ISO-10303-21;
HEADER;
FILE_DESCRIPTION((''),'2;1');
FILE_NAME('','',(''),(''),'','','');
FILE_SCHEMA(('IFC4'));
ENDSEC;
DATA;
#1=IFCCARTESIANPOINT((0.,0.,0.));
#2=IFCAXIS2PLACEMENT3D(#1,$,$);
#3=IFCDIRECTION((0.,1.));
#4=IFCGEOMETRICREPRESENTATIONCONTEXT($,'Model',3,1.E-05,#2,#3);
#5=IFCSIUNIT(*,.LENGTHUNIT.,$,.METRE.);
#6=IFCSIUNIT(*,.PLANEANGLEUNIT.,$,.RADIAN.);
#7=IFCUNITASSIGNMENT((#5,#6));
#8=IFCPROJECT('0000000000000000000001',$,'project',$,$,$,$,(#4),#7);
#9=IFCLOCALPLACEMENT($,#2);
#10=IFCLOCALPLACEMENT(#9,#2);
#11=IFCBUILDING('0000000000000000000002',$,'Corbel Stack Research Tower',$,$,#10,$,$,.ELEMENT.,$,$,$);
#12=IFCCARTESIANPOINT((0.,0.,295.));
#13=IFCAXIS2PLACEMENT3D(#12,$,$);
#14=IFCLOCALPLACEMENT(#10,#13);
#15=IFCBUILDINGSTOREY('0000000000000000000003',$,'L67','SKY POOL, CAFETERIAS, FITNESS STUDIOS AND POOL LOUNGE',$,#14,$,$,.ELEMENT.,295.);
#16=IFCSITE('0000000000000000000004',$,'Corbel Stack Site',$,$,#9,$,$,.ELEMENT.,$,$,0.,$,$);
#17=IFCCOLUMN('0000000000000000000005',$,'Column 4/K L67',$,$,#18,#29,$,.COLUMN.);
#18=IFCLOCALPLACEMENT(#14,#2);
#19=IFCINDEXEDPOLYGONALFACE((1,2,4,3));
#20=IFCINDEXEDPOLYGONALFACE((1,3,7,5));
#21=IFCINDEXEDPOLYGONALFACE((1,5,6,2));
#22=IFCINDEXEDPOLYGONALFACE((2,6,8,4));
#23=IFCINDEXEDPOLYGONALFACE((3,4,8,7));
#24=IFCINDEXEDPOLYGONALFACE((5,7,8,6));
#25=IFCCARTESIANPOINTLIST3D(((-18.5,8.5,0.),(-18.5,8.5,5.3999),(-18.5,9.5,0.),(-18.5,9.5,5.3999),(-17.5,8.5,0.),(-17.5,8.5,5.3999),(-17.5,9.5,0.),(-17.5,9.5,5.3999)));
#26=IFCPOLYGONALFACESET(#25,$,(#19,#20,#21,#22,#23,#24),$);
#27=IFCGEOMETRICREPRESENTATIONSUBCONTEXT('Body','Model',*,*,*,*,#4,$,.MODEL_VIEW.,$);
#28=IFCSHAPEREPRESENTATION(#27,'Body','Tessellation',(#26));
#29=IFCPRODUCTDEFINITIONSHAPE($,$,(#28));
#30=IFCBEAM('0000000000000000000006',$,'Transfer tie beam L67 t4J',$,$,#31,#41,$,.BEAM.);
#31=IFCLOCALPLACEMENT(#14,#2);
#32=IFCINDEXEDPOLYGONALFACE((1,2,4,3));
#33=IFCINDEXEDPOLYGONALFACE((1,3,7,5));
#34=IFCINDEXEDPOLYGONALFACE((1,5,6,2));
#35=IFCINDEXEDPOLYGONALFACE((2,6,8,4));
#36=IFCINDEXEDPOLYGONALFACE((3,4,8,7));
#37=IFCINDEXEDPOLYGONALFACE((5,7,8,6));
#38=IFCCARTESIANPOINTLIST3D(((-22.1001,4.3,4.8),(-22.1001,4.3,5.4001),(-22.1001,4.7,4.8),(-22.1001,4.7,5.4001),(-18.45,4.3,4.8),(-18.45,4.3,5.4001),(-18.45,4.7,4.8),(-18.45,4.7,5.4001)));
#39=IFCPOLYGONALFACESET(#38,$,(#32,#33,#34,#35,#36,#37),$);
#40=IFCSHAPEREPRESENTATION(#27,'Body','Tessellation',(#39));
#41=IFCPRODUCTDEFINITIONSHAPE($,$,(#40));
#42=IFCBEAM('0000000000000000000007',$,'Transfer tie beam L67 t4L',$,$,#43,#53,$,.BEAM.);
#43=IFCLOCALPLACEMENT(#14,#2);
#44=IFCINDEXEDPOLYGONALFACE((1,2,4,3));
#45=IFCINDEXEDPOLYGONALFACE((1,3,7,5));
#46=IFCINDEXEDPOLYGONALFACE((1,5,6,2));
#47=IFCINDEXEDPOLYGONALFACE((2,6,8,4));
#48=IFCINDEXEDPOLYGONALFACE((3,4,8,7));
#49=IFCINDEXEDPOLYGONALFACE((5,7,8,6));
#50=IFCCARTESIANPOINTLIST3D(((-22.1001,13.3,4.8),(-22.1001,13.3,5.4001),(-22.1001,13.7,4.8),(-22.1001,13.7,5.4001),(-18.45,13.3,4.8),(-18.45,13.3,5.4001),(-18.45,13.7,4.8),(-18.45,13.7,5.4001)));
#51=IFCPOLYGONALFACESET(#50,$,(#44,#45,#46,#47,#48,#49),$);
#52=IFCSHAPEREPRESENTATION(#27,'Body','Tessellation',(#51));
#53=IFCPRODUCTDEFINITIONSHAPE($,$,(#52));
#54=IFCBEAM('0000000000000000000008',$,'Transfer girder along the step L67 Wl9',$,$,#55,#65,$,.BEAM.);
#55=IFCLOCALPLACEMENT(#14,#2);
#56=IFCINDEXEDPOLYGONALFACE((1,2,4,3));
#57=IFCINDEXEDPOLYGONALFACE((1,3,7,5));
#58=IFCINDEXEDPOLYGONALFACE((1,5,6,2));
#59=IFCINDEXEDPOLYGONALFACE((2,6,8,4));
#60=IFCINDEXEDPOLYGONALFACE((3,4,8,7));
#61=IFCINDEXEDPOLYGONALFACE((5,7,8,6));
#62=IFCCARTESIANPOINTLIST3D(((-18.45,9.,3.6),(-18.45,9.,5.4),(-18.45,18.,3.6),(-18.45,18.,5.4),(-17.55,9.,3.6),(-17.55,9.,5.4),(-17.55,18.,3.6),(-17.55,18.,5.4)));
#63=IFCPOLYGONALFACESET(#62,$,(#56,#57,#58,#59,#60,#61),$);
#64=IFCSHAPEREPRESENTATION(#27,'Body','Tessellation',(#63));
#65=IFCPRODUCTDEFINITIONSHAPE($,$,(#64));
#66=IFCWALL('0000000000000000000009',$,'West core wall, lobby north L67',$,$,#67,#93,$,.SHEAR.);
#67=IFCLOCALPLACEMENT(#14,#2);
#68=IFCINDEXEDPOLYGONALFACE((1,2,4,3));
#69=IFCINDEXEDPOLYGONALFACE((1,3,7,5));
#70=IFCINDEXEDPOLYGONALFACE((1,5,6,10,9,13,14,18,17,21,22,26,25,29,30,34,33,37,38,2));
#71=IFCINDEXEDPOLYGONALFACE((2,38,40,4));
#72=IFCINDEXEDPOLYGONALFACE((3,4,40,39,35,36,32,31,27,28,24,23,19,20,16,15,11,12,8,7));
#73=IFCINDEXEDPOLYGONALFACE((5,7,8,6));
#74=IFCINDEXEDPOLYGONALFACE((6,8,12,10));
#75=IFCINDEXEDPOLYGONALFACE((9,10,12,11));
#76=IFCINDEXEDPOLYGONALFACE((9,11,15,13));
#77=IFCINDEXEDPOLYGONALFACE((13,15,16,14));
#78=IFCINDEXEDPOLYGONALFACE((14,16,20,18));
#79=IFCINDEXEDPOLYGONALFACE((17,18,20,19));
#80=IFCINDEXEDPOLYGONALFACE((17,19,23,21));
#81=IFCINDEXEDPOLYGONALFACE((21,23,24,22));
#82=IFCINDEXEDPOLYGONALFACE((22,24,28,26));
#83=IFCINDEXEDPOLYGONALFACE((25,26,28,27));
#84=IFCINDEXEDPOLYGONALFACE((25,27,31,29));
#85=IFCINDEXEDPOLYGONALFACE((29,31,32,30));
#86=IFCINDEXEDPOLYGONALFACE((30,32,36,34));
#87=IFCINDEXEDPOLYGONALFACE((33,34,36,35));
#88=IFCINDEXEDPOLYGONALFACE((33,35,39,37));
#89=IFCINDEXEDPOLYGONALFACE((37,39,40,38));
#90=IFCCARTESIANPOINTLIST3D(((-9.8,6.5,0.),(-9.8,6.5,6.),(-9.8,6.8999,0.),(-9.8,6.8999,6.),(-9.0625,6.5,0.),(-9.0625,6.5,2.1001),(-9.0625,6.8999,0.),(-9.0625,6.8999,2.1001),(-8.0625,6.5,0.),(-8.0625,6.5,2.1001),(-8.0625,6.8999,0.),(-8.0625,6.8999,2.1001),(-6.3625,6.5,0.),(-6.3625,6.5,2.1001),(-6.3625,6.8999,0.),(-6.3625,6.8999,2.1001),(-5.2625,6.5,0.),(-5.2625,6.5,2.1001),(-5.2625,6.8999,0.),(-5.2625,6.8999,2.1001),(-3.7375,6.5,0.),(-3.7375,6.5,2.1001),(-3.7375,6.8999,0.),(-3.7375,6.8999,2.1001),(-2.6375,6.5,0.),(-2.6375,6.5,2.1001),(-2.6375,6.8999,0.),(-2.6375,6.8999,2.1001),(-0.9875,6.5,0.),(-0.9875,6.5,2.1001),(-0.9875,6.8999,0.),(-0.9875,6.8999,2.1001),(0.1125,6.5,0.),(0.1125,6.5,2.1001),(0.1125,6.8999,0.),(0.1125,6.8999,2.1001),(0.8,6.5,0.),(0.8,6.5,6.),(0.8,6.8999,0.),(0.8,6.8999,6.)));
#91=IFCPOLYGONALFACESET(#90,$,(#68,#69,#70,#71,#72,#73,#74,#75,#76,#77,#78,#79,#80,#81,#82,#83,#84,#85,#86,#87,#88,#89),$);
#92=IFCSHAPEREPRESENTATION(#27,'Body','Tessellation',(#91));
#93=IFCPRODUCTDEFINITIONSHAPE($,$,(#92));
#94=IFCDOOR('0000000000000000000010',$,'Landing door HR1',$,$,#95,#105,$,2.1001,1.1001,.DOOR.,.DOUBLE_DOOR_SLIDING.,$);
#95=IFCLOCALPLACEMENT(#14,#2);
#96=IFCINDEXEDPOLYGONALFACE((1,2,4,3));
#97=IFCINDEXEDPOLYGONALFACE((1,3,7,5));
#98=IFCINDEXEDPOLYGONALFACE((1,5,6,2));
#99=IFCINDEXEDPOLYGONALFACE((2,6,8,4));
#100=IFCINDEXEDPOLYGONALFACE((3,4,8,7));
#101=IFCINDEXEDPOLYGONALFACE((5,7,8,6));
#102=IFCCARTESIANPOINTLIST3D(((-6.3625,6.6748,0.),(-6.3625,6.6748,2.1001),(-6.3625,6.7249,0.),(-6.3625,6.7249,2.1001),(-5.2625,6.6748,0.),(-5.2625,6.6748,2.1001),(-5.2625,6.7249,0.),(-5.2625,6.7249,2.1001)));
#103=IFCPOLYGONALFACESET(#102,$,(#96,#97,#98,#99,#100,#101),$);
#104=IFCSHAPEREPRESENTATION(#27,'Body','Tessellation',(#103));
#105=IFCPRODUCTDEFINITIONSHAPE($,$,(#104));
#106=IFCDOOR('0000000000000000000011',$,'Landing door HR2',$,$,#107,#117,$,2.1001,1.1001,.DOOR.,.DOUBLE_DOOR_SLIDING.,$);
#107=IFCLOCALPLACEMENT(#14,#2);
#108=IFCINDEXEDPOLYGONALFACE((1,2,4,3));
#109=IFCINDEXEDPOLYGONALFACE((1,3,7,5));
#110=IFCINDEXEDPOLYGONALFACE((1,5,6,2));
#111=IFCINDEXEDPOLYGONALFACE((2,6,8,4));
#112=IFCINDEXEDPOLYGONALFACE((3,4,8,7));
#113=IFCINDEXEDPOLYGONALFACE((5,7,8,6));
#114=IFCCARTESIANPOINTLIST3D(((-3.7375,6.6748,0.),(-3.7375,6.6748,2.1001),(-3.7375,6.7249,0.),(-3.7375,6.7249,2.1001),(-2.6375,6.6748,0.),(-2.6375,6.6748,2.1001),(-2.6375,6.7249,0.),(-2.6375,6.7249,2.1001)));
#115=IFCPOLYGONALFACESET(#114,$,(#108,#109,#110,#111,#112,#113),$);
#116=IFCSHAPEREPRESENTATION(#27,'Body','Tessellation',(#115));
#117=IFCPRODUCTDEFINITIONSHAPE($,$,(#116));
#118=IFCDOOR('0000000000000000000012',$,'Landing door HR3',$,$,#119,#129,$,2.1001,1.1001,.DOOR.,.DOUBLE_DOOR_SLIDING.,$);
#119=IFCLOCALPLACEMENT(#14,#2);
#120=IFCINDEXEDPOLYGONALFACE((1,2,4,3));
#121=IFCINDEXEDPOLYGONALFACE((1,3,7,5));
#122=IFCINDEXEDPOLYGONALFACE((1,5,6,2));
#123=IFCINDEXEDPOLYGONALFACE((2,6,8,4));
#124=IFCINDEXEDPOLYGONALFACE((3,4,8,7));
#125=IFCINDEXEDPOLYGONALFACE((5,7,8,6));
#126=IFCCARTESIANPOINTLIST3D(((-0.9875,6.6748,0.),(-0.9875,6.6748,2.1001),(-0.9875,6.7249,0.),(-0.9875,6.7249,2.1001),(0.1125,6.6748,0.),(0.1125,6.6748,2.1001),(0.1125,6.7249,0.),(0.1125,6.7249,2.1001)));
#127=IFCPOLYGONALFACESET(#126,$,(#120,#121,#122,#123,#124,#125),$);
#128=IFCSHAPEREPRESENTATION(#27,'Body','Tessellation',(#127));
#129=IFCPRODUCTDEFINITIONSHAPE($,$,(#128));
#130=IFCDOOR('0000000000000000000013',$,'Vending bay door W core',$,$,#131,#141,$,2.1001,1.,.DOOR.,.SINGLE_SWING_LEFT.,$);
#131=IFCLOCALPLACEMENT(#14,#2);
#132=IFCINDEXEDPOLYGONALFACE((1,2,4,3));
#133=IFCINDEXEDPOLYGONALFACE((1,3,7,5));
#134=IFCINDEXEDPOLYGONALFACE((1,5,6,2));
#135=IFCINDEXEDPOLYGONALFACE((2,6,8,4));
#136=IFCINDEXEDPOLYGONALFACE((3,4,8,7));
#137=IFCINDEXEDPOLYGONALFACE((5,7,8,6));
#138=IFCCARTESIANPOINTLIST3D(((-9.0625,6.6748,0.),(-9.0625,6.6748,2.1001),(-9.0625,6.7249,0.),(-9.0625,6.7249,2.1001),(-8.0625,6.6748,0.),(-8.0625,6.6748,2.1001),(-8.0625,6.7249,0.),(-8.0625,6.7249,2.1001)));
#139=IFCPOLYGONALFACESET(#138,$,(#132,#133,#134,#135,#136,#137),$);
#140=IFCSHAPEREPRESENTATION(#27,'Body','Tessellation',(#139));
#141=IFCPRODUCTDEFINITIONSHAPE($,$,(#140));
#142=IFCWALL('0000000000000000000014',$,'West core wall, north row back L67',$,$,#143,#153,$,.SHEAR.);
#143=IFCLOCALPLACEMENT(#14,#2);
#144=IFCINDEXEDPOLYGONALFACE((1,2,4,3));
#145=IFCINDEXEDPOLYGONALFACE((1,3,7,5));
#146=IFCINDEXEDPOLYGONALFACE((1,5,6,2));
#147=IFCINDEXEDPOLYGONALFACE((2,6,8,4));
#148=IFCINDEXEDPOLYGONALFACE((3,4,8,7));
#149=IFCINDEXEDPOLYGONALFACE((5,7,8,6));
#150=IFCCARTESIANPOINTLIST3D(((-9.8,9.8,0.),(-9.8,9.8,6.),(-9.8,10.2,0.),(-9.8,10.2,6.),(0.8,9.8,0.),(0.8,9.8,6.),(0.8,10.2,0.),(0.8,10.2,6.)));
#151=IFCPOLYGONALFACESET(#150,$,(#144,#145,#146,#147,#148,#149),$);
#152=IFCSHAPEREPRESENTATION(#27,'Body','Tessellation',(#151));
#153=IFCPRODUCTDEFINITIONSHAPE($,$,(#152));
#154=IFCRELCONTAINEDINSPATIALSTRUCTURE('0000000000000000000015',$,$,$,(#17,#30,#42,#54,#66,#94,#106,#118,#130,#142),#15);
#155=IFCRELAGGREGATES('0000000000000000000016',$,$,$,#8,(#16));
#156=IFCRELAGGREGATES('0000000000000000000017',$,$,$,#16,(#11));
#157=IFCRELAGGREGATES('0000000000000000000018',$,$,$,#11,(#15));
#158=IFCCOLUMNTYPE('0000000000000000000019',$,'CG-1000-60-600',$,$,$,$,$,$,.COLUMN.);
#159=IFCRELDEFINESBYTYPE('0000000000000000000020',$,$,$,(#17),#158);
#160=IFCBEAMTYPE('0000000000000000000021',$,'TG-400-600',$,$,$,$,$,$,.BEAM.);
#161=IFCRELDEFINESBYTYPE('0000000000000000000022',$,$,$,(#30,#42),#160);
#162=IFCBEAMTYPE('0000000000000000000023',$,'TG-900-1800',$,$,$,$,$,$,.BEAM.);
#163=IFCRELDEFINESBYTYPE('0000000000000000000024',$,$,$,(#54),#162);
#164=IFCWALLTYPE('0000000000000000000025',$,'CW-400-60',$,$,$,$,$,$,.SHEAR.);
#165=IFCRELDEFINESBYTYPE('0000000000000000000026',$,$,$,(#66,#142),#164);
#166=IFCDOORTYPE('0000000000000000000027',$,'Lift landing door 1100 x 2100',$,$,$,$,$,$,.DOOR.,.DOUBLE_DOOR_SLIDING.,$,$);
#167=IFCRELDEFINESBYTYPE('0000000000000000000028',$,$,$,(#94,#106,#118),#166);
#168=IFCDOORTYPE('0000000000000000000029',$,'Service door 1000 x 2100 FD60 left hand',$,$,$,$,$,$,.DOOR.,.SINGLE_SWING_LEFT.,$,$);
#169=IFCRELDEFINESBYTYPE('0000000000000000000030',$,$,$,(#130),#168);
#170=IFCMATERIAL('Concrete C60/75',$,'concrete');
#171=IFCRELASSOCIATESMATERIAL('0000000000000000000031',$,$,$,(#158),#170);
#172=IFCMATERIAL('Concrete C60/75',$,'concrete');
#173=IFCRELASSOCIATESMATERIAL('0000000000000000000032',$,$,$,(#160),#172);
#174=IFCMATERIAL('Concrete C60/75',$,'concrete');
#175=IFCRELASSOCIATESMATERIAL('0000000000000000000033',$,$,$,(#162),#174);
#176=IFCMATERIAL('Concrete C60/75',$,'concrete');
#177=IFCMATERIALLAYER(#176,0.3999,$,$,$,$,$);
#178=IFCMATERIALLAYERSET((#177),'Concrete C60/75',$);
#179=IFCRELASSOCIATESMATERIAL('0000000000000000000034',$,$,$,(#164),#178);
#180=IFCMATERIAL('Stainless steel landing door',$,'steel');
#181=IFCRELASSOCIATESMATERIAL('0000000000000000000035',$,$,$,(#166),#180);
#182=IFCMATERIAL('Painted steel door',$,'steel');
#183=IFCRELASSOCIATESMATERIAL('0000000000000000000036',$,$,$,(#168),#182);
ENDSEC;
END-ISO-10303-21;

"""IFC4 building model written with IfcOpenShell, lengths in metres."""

from ifc_helpers import new_model, si_unit, direction, frame, frame_2d, origin, origin_2d, place, context, subcontext, project, spatial, rectangle, extrude, material, layer, layer_set, material_profile, profile_set, type_object, element, fill, save


model = new_model("IFC4")

# Units and contexts
model_context = context("Model", 3, precision=1e-05, world=origin(), true_north=direction((0.0, 1.0)))
body_context = subcontext(model_context, "Body", "Model", "MODEL_VIEW")
ifc_project = project(units=[si_unit("LENGTHUNIT", "METRE"), si_unit("PLANEANGLEUNIT", "RADIAN")], contexts=[model_context])

# Site, building, storey
site_placement = place(None, origin())
site = spatial("IfcSite", under=ifc_project, at=site_placement, Name="Corbel Stack Site", CompositionType="ELEMENT", RefElevation=0.0)
building_placement = place(site_placement, origin())
building = spatial("IfcBuilding", under=site, at=building_placement, Name="Corbel Stack Research Tower", CompositionType="ELEMENT")
storey_placement = place(building_placement, frame((0.0, 0.0, 295.0)))
storey = spatial("IfcBuildingStorey", under=building, at=storey_placement, Name="L67", Description="SKY POOL, CAFETERIAS, FITNESS STUDIOS AND POOL LOUNGE", CompositionType="ELEMENT", Elevation=295.0)

# Column
ifc_material_1 = material(Name="Concrete C60/75", Category="concrete")
ifc_material_profile_1 = material_profile(ifc_material_1, rectangle(XDim=1.0, YDim=1.0, at=origin_2d()), Name="RC 1000 x 1000")
ifc_profile_set_1 = profile_set([ifc_material_profile_1], Name="Concrete C60/75")
column_type = type_object("IfcColumnType", Name="CG-1000-60-600", PredefinedType="COLUMN", material=ifc_profile_set_1)
column_placement = place(storey_placement, frame((-18.0, 9.0, 0.0), z_axis=(0.0, 0.0, 1.0), x_axis=(1.0, 0.0, 0.0)))
element("IfcColumn", 1, at=column_placement, inside=storey, type_object=column_type, Name="Column 4/K L67", PredefinedType="COLUMN", context=body_context, shape_type="SweptSolid", body=[
    extrude(rectangle(XDim=1.0, YDim=1.0, at=origin_2d()), origin(), (0.0, 0.0, 1.0), 5.3999),
])

# Beams
ifc_material_2 = material(Name="Concrete C60/75", Category="concrete")
ifc_material_profile_2 = material_profile(ifc_material_2, rectangle(XDim=0.3999, YDim=0.6001, at=origin_2d()), Name="RC 400 x 600")
ifc_profile_set_2 = profile_set([ifc_material_profile_2], Name="Concrete C60/75")
beam_type_1 = type_object("IfcBeamType", Name="TG-400-600", PredefinedType="BEAM", material=ifc_profile_set_2)
for number, where, z_axis, x_axis, name in (
    (2, (-18.45, 4.5, 5.1001), (-1.0, 0.0, 0.0), (0.0, -1.0, 0.0), "Transfer tie beam L67 t4J"),
    (3, (-18.45, 13.5, 5.1001), (-1.0, 0.0, 0.0), (0.0, -1.0, 0.0), "Transfer tie beam L67 t4L"),
):
    element("IfcBeam", number, at=place(storey_placement, frame(where, z_axis=z_axis, x_axis=x_axis)), inside=storey, type_object=beam_type_1, Name=name, PredefinedType="BEAM", context=body_context, shape_type="SweptSolid", body=[
        extrude(rectangle(XDim=0.3999, YDim=0.6001, at=origin_2d()), origin(), (0.0, 0.0, 1.0), 3.6501),
    ])
ifc_material_3 = material(Name="Concrete C60/75", Category="concrete")
ifc_material_profile_3 = material_profile(ifc_material_3, rectangle(XDim=0.8999, YDim=1.8, at=origin_2d()), Name="RC 900 x 1800")
ifc_profile_set_3 = profile_set([ifc_material_profile_3], Name="Concrete C60/75")
beam_type_2 = type_object("IfcBeamType", Name="TG-900-1800", PredefinedType="BEAM", material=ifc_profile_set_3)
beam_placement = place(storey_placement, frame((-18.0, 9.0, 4.5), z_axis=(0.0, 1.0, 0.0), x_axis=(-1.0, 0.0, 0.0)))
element("IfcBeam", 4, at=beam_placement, inside=storey, type_object=beam_type_2, Name="Transfer girder along the step L67 Wl9", PredefinedType="BEAM", context=body_context, shape_type="SweptSolid", body=[
    extrude(rectangle(XDim=0.8999, YDim=1.8, at=origin_2d()), origin(), (0.0, 0.0, 1.0), 9.0),
])

# Wall, openings, doors
ifc_material_4 = material(Name="Concrete C60/75", Category="concrete")
ifc_layer_1 = layer(ifc_material_4, 0.3999)
ifc_layer_set_1 = layer_set([ifc_layer_1], Name="Concrete C60/75")
wall_type_1 = type_object("IfcWallType", Name="CW-400-60", PredefinedType="SHEAR", material=ifc_layer_set_1)
wall_1_placement = place(storey_placement, frame((-9.8, 6.7, 0.0), z_axis=(0.0, 0.0, 1.0), x_axis=(1.0, 0.0, 0.0)))
wall_1 = element("IfcWall", 5, at=wall_1_placement, inside=storey, type_object=wall_type_1, Name="West core wall, lobby north L67", PredefinedType="SHEAR", context=body_context, shape_type="SweptSolid", body=[
    extrude(rectangle(XDim=10.6001, YDim=0.3999, at=frame_2d((5.3, 0.0))), origin(), (0.0, 0.0, 1.0), 6.0),
])
opening_1_placement = place(wall_1_placement, frame((3.4375, 0.0, 0.0)))
opening_1 = element("IfcOpeningElement", 6, at=opening_1_placement, cuts=wall_1, PredefinedType="OPENING", context=body_context, shape_type="SweptSolid", body=[
    extrude(rectangle(XDim=1.1001, YDim=2.1001, at=frame_2d((0.55, 1.05))), frame((0.0, 0.21, 0.0), z_axis=(0.0, -1.0, 0.0), x_axis=(1.0, 0.0, 0.0)), (0.0, 0.0, 1.0), 0.4199),
])
opening_2_placement = place(wall_1_placement, frame((6.0625, 0.0, 0.0)))
opening_2 = element("IfcOpeningElement", 7, at=opening_2_placement, cuts=wall_1, PredefinedType="OPENING", context=body_context, shape_type="SweptSolid", body=[
    extrude(rectangle(XDim=1.1001, YDim=2.1001, at=frame_2d((0.55, 1.05))), frame((0.0, 0.21, 0.0), z_axis=(0.0, -1.0, 0.0), x_axis=(1.0, 0.0, 0.0)), (0.0, 0.0, 1.0), 0.4199),
])
opening_3_placement = place(wall_1_placement, frame((8.8125, 0.0, 0.0)))
opening_3 = element("IfcOpeningElement", 8, at=opening_3_placement, cuts=wall_1, PredefinedType="OPENING", context=body_context, shape_type="SweptSolid", body=[
    extrude(rectangle(XDim=1.1001, YDim=2.1001, at=frame_2d((0.55, 1.05))), frame((0.0, 0.21, 0.0), z_axis=(0.0, -1.0, 0.0), x_axis=(1.0, 0.0, 0.0)), (0.0, 0.0, 1.0), 0.4199),
])
opening_4_placement = place(wall_1_placement, frame((0.7375, 0.0, 0.0)))
opening_4 = element("IfcOpeningElement", 9, at=opening_4_placement, cuts=wall_1, PredefinedType="OPENING", context=body_context, shape_type="SweptSolid", body=[
    extrude(rectangle(XDim=1.0, YDim=2.1001, at=frame_2d((0.5, 1.05))), frame((0.0, 0.21, 0.0), z_axis=(0.0, -1.0, 0.0), x_axis=(1.0, 0.0, 0.0)), (0.0, 0.0, 1.0), 0.4199),
])
ifc_material_5 = material(Name="Stainless steel landing door", Category="steel")
door_type_1 = type_object("IfcDoorType", Name="Lift landing door 1100 x 2100", OperationType="DOUBLE_DOOR_SLIDING", PredefinedType="DOOR", material=ifc_material_5)
door_1_placement = place(opening_1_placement, origin())
door_1 = element("IfcDoor", 10, at=door_1_placement, inside=storey, type_object=door_type_1, Name="Landing door HR1", OperationType="DOUBLE_DOOR_SLIDING", OverallHeight=2.1001, OverallWidth=1.1001, PredefinedType="DOOR", context=body_context, shape_type="SweptSolid", body=[
    extrude(rectangle(XDim=1.1001, YDim=2.1001, at=frame_2d((0.55, 1.05))), frame((0.0, 0.0249, 0.0), z_axis=(0.0, -1.0, 0.0), x_axis=(1.0, 0.0, 0.0)), (0.0, 0.0, 1.0), 0.05),
])
fill(opening_1, door_1)
door_2_placement = place(opening_2_placement, origin())
door_2 = element("IfcDoor", 11, at=door_2_placement, inside=storey, type_object=door_type_1, Name="Landing door HR2", OperationType="DOUBLE_DOOR_SLIDING", OverallHeight=2.1001, OverallWidth=1.1001, PredefinedType="DOOR", context=body_context, shape_type="SweptSolid", body=[
    extrude(rectangle(XDim=1.1001, YDim=2.1001, at=frame_2d((0.55, 1.05))), frame((0.0, 0.0249, 0.0), z_axis=(0.0, -1.0, 0.0), x_axis=(1.0, 0.0, 0.0)), (0.0, 0.0, 1.0), 0.05),
])
fill(opening_2, door_2)
door_3_placement = place(opening_3_placement, origin())
door_3 = element("IfcDoor", 12, at=door_3_placement, inside=storey, type_object=door_type_1, Name="Landing door HR3", OperationType="DOUBLE_DOOR_SLIDING", OverallHeight=2.1001, OverallWidth=1.1001, PredefinedType="DOOR", context=body_context, shape_type="SweptSolid", body=[
    extrude(rectangle(XDim=1.1001, YDim=2.1001, at=frame_2d((0.55, 1.05))), frame((0.0, 0.0249, 0.0), z_axis=(0.0, -1.0, 0.0), x_axis=(1.0, 0.0, 0.0)), (0.0, 0.0, 1.0), 0.05),
])
fill(opening_3, door_3)
ifc_material_6 = material(Name="Painted steel door", Category="steel")
door_type_2 = type_object("IfcDoorType", Name="Service door 1000 x 2100 FD60 left hand", OperationType="SINGLE_SWING_LEFT", PredefinedType="DOOR", material=ifc_material_6)
door_4_placement = place(opening_4_placement, origin())
door_4 = element("IfcDoor", 13, at=door_4_placement, inside=storey, type_object=door_type_2, Name="Vending bay door W core", OperationType="SINGLE_SWING_LEFT", OverallHeight=2.1001, OverallWidth=1.0, PredefinedType="DOOR", context=body_context, shape_type="SweptSolid", body=[
    extrude(rectangle(XDim=1.0, YDim=2.1001, at=frame_2d((0.5, 1.05))), frame((0.0, 0.0249, 0.0), z_axis=(0.0, -1.0, 0.0), x_axis=(1.0, 0.0, 0.0)), (0.0, 0.0, 1.0), 0.05),
])
fill(opening_4, door_4)

# Wall
wall_2_placement = place(storey_placement, frame((-9.8, 10.0, 0.0), z_axis=(0.0, 0.0, 1.0), x_axis=(1.0, 0.0, 0.0)))
element("IfcWall", 14, at=wall_2_placement, inside=storey, type_object=wall_type_1, Name="West core wall, north row back L67", PredefinedType="SHEAR", context=body_context, shape_type="SweptSolid", body=[
    extrude(rectangle(XDim=10.6001, YDim=0.3999, at=frame_2d((5.3, 0.0))), origin(), (0.0, 0.0, 1.0), 6.0),
])

save(model, "model.ifc")
